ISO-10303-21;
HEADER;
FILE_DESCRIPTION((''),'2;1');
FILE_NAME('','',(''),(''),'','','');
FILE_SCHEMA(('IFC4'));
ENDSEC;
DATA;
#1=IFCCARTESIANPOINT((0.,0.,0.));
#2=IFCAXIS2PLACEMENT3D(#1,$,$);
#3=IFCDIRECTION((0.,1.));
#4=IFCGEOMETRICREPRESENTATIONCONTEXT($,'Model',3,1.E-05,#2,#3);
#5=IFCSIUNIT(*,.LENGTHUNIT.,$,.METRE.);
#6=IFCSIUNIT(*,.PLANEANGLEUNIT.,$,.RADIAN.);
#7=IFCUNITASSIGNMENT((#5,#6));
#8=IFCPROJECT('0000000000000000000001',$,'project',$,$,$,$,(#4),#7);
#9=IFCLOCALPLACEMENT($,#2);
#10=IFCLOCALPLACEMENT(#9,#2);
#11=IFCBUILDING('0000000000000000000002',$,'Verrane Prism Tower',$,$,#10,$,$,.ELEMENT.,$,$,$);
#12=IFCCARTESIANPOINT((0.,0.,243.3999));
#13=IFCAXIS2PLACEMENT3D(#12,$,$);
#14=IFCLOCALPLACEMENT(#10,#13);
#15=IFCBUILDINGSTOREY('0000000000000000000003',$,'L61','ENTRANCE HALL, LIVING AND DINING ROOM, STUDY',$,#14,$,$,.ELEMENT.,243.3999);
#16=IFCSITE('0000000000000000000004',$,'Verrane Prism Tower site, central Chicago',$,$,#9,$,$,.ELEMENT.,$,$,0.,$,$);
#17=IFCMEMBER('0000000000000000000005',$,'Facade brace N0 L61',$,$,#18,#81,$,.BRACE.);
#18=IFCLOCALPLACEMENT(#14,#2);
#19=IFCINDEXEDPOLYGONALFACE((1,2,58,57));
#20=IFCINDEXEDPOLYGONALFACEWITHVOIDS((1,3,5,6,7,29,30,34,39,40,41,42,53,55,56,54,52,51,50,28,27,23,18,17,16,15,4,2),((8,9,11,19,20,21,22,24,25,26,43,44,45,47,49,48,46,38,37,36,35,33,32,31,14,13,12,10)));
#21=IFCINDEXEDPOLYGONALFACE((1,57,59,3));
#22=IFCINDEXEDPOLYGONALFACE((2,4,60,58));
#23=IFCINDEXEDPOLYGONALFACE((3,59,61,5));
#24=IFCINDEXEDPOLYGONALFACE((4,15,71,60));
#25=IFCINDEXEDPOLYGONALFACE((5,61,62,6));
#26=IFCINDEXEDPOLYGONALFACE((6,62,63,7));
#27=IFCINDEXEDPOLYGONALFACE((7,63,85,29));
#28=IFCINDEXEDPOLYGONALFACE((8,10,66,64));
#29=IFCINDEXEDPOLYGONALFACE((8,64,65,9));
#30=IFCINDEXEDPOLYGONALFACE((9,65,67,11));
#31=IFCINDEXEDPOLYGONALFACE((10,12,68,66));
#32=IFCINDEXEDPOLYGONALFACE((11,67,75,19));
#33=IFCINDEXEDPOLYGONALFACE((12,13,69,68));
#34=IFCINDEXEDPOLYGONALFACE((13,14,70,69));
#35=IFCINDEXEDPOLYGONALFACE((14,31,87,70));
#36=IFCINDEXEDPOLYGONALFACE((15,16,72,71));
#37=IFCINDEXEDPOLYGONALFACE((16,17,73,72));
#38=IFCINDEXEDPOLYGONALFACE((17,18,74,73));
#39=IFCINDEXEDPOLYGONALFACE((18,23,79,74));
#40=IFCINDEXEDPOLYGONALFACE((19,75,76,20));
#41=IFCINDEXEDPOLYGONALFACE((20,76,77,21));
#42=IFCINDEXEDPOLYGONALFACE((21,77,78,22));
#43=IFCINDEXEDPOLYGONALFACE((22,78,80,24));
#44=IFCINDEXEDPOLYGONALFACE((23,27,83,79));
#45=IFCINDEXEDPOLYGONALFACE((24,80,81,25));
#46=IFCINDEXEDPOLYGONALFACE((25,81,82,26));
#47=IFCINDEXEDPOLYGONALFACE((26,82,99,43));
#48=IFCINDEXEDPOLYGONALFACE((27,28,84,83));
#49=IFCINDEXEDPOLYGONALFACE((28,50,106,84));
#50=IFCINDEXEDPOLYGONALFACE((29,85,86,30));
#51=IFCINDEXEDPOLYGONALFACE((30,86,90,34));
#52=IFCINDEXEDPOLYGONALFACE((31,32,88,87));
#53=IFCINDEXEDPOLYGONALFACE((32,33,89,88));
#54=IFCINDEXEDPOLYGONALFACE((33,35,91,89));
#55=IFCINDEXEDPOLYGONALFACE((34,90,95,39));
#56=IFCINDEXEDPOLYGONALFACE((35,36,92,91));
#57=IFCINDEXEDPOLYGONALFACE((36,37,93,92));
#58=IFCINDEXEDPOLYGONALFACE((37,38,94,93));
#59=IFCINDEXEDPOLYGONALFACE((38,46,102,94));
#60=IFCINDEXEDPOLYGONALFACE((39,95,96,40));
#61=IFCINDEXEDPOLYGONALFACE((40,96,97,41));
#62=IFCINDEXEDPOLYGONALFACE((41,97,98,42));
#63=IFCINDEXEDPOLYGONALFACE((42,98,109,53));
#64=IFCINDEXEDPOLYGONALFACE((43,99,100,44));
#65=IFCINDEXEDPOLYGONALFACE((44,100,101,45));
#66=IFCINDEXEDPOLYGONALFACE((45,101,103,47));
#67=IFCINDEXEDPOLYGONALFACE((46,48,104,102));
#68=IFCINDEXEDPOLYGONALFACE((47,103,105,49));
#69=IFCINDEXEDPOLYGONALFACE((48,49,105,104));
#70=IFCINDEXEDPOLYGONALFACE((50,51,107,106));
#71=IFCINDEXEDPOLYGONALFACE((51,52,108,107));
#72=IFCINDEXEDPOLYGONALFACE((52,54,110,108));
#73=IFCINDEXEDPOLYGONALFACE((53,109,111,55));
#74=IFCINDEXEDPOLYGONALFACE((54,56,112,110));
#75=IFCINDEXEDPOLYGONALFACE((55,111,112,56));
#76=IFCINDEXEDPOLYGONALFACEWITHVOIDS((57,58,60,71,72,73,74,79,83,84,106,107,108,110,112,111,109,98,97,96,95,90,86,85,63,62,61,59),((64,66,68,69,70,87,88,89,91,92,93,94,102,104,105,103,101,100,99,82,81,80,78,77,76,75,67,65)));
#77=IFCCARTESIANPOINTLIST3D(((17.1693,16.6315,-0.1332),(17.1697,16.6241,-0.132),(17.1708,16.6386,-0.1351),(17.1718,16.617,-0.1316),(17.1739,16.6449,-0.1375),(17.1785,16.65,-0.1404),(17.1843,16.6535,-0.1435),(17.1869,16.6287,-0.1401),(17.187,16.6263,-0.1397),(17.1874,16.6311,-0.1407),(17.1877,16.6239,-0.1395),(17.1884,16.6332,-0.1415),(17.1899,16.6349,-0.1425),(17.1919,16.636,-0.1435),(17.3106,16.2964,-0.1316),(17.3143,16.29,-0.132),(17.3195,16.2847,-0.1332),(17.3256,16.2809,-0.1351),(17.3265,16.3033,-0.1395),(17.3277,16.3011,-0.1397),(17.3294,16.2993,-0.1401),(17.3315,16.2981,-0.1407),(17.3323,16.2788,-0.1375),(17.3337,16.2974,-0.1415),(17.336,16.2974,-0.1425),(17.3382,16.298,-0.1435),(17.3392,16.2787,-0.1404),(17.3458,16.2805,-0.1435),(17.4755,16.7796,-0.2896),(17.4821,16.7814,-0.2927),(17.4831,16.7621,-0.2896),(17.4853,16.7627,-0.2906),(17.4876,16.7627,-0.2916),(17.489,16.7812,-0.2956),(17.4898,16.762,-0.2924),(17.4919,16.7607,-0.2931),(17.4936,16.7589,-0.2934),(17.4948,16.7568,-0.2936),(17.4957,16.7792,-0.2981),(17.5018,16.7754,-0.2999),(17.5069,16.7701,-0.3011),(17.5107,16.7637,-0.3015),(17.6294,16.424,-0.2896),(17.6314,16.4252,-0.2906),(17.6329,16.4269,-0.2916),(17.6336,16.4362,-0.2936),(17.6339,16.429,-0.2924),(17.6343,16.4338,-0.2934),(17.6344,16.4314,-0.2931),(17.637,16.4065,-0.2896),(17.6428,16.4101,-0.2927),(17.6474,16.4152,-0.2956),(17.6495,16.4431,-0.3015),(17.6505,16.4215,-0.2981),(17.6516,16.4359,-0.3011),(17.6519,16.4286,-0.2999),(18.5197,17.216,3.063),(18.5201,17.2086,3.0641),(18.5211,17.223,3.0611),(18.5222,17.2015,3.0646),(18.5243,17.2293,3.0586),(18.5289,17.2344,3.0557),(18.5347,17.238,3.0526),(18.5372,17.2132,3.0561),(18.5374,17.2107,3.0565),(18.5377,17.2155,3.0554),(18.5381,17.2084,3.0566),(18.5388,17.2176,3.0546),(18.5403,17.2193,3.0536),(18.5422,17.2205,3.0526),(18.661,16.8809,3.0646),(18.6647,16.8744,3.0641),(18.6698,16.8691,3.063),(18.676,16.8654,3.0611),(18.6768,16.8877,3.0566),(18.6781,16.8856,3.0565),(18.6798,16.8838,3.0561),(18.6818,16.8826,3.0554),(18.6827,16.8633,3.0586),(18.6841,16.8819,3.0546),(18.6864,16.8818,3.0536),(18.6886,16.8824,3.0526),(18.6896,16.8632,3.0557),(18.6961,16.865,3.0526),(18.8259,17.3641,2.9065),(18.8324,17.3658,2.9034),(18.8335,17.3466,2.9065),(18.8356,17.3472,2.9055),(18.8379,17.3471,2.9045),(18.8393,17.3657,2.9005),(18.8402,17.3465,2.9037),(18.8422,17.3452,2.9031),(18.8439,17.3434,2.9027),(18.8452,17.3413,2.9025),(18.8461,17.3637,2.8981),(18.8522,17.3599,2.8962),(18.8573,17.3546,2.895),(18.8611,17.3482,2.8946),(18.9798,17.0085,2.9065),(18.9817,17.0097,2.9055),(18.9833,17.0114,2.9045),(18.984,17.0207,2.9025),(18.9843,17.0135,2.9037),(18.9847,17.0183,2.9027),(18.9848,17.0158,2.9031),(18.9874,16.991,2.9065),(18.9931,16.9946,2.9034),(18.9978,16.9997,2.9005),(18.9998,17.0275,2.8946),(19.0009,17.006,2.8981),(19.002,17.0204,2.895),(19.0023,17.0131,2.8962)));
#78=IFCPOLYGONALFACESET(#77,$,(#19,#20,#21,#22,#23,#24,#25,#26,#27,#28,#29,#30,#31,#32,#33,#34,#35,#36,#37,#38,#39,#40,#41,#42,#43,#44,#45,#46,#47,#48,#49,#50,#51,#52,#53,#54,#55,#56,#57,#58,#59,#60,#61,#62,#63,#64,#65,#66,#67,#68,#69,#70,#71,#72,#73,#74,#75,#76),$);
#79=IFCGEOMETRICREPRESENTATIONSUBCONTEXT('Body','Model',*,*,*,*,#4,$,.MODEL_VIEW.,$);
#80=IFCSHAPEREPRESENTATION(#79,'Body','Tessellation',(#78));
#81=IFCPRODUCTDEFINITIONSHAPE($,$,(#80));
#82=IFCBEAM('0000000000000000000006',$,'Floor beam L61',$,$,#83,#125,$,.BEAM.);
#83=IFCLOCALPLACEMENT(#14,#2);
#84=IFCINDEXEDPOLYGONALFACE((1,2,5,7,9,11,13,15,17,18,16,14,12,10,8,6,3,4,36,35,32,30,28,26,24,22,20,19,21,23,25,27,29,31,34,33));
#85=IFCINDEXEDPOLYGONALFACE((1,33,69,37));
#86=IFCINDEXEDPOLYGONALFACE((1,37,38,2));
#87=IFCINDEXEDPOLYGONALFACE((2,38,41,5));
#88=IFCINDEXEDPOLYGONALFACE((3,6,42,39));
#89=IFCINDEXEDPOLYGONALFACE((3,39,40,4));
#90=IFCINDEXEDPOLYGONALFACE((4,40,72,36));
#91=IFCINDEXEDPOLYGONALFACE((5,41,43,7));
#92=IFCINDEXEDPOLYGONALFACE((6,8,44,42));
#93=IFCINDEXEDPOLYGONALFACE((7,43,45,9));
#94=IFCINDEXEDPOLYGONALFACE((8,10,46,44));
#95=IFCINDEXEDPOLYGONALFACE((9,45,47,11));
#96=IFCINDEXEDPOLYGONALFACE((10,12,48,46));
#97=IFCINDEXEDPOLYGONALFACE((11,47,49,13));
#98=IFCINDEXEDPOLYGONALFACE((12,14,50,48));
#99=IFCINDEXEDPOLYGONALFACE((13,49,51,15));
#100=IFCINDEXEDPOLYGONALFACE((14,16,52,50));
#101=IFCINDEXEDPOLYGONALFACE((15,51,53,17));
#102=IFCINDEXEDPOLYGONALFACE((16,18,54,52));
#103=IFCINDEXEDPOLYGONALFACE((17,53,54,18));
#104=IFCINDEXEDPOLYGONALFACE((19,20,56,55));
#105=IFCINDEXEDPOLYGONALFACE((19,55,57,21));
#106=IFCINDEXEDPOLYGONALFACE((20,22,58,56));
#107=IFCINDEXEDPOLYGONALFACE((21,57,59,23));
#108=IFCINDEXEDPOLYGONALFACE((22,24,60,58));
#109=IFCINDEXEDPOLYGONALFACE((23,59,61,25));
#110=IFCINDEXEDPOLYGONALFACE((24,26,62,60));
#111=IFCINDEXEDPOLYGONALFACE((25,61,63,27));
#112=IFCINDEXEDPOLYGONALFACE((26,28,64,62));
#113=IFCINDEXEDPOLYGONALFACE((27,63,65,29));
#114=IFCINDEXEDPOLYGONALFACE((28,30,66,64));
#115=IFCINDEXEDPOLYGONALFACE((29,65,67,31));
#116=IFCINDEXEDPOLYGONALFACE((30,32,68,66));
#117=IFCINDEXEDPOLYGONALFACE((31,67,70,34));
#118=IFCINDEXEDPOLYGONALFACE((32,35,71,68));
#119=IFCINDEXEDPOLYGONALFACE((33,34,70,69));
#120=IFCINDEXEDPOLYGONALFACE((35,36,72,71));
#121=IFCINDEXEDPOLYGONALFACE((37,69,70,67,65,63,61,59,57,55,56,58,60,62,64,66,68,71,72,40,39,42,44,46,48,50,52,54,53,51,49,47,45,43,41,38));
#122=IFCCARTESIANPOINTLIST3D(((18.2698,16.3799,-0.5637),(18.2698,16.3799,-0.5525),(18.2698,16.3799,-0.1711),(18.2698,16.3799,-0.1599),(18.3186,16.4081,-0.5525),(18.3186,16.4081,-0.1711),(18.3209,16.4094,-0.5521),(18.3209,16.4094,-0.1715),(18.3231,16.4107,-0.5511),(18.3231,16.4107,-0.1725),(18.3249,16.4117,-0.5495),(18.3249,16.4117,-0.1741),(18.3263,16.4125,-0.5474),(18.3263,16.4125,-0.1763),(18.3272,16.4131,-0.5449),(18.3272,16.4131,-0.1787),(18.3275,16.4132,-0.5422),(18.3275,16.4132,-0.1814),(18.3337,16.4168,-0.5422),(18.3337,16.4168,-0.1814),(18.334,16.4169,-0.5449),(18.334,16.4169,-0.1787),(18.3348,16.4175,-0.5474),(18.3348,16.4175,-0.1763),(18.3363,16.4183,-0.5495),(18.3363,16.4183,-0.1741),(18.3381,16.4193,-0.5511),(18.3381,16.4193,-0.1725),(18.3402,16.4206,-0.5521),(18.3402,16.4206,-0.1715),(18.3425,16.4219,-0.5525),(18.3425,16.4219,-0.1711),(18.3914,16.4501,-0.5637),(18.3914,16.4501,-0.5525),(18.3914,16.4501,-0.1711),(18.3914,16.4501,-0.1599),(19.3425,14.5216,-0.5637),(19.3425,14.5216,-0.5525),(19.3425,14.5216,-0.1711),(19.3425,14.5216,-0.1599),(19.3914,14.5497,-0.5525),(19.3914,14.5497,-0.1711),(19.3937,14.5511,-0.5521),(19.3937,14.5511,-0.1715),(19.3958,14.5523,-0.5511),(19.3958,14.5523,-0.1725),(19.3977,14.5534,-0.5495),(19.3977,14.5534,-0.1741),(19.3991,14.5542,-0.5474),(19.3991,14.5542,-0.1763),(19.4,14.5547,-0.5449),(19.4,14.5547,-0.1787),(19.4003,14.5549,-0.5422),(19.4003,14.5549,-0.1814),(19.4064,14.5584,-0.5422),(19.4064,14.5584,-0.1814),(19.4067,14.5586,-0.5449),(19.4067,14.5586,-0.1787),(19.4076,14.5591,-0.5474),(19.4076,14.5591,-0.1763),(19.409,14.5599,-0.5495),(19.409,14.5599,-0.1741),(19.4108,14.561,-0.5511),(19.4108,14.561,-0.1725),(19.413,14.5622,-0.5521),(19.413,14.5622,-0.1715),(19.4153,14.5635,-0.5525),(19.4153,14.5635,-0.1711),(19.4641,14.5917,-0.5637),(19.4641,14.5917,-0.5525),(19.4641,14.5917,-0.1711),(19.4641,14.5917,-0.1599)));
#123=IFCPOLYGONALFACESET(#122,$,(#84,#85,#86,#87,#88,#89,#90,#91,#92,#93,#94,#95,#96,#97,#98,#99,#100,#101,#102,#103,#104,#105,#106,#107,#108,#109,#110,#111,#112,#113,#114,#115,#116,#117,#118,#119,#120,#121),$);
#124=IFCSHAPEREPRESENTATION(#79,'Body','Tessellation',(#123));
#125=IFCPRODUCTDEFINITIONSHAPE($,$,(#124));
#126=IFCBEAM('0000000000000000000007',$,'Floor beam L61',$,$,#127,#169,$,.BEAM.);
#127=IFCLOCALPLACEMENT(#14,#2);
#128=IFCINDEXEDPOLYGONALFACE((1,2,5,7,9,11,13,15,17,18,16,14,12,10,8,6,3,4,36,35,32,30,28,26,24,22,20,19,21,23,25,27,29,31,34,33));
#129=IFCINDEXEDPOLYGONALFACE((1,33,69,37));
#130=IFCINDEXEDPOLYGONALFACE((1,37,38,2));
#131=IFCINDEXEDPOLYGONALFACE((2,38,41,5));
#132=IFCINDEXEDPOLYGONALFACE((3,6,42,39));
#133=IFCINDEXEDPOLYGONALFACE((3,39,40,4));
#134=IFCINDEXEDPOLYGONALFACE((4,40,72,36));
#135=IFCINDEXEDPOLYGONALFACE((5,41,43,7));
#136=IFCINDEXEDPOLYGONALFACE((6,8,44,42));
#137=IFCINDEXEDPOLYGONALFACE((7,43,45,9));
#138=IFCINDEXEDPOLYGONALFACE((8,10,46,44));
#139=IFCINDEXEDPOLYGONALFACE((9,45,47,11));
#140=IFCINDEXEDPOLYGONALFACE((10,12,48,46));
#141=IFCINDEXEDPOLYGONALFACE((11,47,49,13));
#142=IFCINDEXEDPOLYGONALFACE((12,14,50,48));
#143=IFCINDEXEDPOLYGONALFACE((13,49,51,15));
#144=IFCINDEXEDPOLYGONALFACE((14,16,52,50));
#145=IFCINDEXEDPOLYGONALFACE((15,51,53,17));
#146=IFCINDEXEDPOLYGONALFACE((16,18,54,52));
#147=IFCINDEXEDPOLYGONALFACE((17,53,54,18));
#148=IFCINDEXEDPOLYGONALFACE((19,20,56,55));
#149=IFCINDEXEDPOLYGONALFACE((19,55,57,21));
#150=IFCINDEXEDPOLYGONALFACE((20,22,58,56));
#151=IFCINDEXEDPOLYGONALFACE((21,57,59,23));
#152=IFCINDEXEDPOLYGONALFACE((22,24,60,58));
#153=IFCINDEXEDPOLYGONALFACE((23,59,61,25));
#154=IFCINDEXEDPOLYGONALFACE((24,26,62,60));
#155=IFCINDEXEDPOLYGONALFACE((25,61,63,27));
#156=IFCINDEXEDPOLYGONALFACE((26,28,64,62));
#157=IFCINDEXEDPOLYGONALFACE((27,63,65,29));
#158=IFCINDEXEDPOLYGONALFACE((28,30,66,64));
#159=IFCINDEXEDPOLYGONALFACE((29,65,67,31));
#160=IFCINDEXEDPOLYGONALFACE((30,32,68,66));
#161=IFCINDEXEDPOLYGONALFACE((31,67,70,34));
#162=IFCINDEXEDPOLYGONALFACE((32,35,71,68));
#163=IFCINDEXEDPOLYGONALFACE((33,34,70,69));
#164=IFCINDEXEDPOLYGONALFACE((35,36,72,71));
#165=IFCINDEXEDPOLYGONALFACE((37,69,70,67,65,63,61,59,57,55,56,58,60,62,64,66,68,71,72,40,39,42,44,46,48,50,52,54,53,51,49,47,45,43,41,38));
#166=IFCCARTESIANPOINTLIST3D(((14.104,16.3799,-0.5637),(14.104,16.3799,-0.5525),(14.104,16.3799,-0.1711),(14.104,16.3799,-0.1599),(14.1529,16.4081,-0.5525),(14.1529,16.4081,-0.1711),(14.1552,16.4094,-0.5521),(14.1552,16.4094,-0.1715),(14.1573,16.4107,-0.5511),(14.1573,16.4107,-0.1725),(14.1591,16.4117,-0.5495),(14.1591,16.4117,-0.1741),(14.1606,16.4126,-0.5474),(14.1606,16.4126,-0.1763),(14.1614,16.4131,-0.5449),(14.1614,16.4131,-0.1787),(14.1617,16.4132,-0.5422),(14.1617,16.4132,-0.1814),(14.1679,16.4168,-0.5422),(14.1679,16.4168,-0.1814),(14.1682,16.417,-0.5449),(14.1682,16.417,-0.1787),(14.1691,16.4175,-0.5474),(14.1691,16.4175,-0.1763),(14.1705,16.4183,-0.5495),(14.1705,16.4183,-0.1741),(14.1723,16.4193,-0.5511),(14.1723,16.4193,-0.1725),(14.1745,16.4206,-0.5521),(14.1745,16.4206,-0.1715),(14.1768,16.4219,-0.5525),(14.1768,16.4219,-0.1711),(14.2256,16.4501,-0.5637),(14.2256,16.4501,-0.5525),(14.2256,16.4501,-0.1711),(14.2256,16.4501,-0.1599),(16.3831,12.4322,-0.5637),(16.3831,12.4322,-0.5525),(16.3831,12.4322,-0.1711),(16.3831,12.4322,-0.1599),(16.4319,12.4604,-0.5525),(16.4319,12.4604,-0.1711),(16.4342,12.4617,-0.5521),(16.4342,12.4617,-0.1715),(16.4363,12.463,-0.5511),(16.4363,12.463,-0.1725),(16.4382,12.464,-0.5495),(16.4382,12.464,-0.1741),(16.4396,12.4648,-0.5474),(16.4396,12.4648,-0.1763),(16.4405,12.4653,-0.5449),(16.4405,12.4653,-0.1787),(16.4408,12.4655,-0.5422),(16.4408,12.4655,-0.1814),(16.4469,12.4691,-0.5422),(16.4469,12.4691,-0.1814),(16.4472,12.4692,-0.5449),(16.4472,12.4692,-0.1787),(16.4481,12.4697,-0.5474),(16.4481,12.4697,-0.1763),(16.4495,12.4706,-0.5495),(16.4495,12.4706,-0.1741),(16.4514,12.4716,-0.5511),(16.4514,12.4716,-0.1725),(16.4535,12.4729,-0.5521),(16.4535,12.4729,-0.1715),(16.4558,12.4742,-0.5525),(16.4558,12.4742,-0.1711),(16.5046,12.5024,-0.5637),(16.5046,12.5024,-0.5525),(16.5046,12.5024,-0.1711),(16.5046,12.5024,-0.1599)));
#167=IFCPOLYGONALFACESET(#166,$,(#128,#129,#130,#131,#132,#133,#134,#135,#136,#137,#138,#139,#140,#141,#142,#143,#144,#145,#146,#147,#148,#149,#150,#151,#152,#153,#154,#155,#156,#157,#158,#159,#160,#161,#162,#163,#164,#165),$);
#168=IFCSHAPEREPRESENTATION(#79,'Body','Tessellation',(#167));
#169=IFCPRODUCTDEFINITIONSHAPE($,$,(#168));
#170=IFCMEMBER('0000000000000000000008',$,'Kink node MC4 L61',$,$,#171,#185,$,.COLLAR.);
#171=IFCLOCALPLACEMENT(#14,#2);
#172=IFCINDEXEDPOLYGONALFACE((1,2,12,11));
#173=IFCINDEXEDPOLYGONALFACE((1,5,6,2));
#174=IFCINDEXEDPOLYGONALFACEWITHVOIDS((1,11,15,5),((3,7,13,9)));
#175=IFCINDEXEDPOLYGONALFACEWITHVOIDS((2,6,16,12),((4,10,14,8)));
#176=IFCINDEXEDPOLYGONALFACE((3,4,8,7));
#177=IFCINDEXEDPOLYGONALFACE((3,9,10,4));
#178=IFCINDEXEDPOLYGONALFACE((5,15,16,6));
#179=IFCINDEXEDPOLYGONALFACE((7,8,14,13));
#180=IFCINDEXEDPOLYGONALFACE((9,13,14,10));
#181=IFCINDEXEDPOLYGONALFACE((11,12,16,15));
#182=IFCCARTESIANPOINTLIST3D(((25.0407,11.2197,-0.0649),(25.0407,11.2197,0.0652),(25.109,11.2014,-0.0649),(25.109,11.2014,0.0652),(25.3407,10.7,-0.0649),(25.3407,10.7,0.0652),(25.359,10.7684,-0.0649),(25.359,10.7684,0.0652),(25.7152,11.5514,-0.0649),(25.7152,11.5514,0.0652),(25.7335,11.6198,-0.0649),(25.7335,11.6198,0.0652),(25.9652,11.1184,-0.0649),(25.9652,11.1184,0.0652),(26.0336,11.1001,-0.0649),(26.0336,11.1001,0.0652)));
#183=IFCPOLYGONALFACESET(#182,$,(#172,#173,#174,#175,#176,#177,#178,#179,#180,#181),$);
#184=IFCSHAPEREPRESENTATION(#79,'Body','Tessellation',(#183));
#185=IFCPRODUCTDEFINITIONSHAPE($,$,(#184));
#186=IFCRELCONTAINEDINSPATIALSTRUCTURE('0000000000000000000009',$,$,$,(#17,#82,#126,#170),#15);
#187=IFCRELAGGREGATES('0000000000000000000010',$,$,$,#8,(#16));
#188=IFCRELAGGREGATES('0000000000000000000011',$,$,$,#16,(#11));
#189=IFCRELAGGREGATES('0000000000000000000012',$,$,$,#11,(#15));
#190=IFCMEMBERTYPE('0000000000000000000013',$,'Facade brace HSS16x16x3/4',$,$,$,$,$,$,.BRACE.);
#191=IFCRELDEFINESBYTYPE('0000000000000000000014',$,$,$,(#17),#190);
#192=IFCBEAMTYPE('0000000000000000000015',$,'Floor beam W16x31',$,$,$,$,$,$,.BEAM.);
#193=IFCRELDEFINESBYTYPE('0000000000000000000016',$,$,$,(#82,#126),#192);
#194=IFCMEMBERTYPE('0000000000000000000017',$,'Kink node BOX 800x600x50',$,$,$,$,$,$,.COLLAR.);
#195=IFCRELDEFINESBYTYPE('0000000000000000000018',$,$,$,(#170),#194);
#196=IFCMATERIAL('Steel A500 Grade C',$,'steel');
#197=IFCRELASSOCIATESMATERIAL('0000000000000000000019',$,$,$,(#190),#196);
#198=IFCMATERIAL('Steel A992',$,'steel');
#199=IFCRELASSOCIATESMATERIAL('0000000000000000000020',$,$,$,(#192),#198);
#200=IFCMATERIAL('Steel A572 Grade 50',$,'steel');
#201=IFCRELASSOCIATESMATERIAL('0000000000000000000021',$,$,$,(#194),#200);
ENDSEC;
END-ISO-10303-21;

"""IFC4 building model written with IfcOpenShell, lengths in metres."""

from ifc_helpers import new_model, si_unit, direction, frame, origin, origin_2d, place, context, subcontext, project, spatial, hollow_rectangle, i_section, extrude, material, material_profile, profile_set, type_object, element, save


model = new_model("IFC4")

# Units and contexts
model_context = context("Model", 3, precision=1e-05, world=origin(), true_north=direction((0.0, 1.0)))
body_context = subcontext(model_context, "Body", "Model", "MODEL_VIEW")
ifc_project = project(units=[si_unit("LENGTHUNIT", "METRE"), si_unit("PLANEANGLEUNIT", "RADIAN")], contexts=[model_context])

# Site, building, storey
site_placement = place(None, origin())
site = spatial("IfcSite", under=ifc_project, at=site_placement, Name="Verrane Prism Tower site, central Chicago", CompositionType="ELEMENT", RefElevation=0.0)
building_placement = place(site_placement, origin())
building = spatial("IfcBuilding", under=site, at=building_placement, Name="Verrane Prism Tower", CompositionType="ELEMENT")
storey_placement = place(building_placement, frame((0.0, 0.0, 243.3999)))
storey = spatial("IfcBuildingStorey", under=building, at=storey_placement, Name="L61", Description="ENTRANCE HALL, LIVING AND DINING ROOM, STUDY", CompositionType="ELEMENT", Elevation=243.3999)

# Member
ifc_material_1 = material(Name="Steel A500 Grade C", Category="steel")
ifc_material_profile_1 = material_profile(ifc_material_1, hollow_rectangle(XDim=0.4065, YDim=0.4065, WallThickness=0.019, InnerFilletRadius=0.0095, OuterFilletRadius=0.0286, at=origin_2d()), Name="HSS16x16x3/4")
ifc_profile_set_1 = profile_set([ifc_material_profile_1], Name="Steel A500 Grade C")
member_type_1 = type_object("IfcMemberType", Name="Facade brace HSS16x16x3/4", PredefinedType="BRACE", material=ifc_profile_set_1)
member_1_placement = place(storey_placement, frame((17.4106, 16.53, -0.2166), z_axis=(0.383785, 0.166115, 0.908358), x_axis=(-0.397221, 0.917723, 0.0)))
element("IfcMember", 1, at=member_1_placement, inside=storey, type_object=member_type_1, Name="Facade brace N0 L61", PredefinedType="BRACE", context=body_context, shape_type="SweptSolid", body=[
    extrude(hollow_rectangle(XDim=0.4065, YDim=0.4065, WallThickness=0.019, InnerFilletRadius=0.0095, OuterFilletRadius=0.0286, at=origin_2d()), origin(), (0.0, 0.0, 1.0), 3.5186),
])

# Beams
ifc_material_2 = material(Name="Steel A992", Category="steel")
ifc_material_profile_2 = material_profile(ifc_material_2, i_section(OverallWidth=0.1404, OverallDepth=0.4038, WebThickness=0.0071, FlangeThickness=0.0112, FilletRadius=0.0103, at=origin_2d()), Name="W16x31")
ifc_profile_set_2 = profile_set([ifc_material_profile_2], Name="Steel A992")
beam_type_1 = type_object("IfcBeamType", Name="Floor beam W16x31", PredefinedType="BEAM", material=ifc_profile_set_2)
beam_1_placement = place(storey_placement, frame((19.4033, 14.5566, -0.3618), z_axis=(-0.499933, 0.866064, 0.0), x_axis=(-0.866064, -0.499933, 0.0)))
element("IfcBeam", 2, at=beam_1_placement, inside=storey, type_object=beam_type_1, Name="Floor beam L61", PredefinedType="BEAM", context=body_context, shape_type="SweptSolid", body=[
    extrude(i_section(OverallWidth=0.1404, OverallDepth=0.4038, WebThickness=0.0071, FlangeThickness=0.0112, FilletRadius=0.0103, at=origin_2d()), origin(), (0.0, 0.0, 1.0), 2.1458),
])
beam_2_placement = place(storey_placement, frame((16.4438, 12.4673, -0.3618), z_axis=(-0.49997, 0.866043, 0.0), x_axis=(-0.866043, -0.49997, 0.0)))
element("IfcBeam", 3, at=beam_2_placement, inside=storey, type_object=beam_type_1, Name="Floor beam L61", PredefinedType="BEAM", context=body_context, shape_type="SweptSolid", body=[
    extrude(i_section(OverallWidth=0.1404, OverallDepth=0.4038, WebThickness=0.0071, FlangeThickness=0.0112, FilletRadius=0.0103, at=origin_2d()), origin(), (0.0, 0.0, 1.0), 4.5583),
])

# Member
ifc_material_3 = material(Name="Steel A572 Grade 50", Category="steel")
ifc_material_profile_3 = material_profile(ifc_material_3, hollow_rectangle(XDim=0.6001, YDim=0.8, WallThickness=0.05, at=origin_2d()), Name="BOX 800x600x50")
ifc_profile_set_3 = profile_set([ifc_material_profile_3], Name="Steel A572 Grade 50")
member_type_2 = type_object("IfcMemberType", Name="Kink node BOX 800x600x50", PredefinedType="COLLAR", material=ifc_profile_set_3)
for number, where, z_axis, x_axis, name in (
    (4, (25.5371, 11.1599, -0.0649), (0.0, 0.0, 1.0), (0.5, -0.866025, 0.0), "Kink node MC4 L61"),
):
    element("IfcMember", number, at=place(storey_placement, frame(where, z_axis=z_axis, x_axis=x_axis)), inside=storey, type_object=member_type_2, Name=name, PredefinedType="COLLAR", context=body_context, shape_type="SweptSolid", body=[
        extrude(hollow_rectangle(XDim=0.6001, YDim=0.8, WallThickness=0.05, at=origin_2d()), origin(), (0.0, 0.0, 1.0), 0.1301),
    ])

save(model, "model.ifc")
